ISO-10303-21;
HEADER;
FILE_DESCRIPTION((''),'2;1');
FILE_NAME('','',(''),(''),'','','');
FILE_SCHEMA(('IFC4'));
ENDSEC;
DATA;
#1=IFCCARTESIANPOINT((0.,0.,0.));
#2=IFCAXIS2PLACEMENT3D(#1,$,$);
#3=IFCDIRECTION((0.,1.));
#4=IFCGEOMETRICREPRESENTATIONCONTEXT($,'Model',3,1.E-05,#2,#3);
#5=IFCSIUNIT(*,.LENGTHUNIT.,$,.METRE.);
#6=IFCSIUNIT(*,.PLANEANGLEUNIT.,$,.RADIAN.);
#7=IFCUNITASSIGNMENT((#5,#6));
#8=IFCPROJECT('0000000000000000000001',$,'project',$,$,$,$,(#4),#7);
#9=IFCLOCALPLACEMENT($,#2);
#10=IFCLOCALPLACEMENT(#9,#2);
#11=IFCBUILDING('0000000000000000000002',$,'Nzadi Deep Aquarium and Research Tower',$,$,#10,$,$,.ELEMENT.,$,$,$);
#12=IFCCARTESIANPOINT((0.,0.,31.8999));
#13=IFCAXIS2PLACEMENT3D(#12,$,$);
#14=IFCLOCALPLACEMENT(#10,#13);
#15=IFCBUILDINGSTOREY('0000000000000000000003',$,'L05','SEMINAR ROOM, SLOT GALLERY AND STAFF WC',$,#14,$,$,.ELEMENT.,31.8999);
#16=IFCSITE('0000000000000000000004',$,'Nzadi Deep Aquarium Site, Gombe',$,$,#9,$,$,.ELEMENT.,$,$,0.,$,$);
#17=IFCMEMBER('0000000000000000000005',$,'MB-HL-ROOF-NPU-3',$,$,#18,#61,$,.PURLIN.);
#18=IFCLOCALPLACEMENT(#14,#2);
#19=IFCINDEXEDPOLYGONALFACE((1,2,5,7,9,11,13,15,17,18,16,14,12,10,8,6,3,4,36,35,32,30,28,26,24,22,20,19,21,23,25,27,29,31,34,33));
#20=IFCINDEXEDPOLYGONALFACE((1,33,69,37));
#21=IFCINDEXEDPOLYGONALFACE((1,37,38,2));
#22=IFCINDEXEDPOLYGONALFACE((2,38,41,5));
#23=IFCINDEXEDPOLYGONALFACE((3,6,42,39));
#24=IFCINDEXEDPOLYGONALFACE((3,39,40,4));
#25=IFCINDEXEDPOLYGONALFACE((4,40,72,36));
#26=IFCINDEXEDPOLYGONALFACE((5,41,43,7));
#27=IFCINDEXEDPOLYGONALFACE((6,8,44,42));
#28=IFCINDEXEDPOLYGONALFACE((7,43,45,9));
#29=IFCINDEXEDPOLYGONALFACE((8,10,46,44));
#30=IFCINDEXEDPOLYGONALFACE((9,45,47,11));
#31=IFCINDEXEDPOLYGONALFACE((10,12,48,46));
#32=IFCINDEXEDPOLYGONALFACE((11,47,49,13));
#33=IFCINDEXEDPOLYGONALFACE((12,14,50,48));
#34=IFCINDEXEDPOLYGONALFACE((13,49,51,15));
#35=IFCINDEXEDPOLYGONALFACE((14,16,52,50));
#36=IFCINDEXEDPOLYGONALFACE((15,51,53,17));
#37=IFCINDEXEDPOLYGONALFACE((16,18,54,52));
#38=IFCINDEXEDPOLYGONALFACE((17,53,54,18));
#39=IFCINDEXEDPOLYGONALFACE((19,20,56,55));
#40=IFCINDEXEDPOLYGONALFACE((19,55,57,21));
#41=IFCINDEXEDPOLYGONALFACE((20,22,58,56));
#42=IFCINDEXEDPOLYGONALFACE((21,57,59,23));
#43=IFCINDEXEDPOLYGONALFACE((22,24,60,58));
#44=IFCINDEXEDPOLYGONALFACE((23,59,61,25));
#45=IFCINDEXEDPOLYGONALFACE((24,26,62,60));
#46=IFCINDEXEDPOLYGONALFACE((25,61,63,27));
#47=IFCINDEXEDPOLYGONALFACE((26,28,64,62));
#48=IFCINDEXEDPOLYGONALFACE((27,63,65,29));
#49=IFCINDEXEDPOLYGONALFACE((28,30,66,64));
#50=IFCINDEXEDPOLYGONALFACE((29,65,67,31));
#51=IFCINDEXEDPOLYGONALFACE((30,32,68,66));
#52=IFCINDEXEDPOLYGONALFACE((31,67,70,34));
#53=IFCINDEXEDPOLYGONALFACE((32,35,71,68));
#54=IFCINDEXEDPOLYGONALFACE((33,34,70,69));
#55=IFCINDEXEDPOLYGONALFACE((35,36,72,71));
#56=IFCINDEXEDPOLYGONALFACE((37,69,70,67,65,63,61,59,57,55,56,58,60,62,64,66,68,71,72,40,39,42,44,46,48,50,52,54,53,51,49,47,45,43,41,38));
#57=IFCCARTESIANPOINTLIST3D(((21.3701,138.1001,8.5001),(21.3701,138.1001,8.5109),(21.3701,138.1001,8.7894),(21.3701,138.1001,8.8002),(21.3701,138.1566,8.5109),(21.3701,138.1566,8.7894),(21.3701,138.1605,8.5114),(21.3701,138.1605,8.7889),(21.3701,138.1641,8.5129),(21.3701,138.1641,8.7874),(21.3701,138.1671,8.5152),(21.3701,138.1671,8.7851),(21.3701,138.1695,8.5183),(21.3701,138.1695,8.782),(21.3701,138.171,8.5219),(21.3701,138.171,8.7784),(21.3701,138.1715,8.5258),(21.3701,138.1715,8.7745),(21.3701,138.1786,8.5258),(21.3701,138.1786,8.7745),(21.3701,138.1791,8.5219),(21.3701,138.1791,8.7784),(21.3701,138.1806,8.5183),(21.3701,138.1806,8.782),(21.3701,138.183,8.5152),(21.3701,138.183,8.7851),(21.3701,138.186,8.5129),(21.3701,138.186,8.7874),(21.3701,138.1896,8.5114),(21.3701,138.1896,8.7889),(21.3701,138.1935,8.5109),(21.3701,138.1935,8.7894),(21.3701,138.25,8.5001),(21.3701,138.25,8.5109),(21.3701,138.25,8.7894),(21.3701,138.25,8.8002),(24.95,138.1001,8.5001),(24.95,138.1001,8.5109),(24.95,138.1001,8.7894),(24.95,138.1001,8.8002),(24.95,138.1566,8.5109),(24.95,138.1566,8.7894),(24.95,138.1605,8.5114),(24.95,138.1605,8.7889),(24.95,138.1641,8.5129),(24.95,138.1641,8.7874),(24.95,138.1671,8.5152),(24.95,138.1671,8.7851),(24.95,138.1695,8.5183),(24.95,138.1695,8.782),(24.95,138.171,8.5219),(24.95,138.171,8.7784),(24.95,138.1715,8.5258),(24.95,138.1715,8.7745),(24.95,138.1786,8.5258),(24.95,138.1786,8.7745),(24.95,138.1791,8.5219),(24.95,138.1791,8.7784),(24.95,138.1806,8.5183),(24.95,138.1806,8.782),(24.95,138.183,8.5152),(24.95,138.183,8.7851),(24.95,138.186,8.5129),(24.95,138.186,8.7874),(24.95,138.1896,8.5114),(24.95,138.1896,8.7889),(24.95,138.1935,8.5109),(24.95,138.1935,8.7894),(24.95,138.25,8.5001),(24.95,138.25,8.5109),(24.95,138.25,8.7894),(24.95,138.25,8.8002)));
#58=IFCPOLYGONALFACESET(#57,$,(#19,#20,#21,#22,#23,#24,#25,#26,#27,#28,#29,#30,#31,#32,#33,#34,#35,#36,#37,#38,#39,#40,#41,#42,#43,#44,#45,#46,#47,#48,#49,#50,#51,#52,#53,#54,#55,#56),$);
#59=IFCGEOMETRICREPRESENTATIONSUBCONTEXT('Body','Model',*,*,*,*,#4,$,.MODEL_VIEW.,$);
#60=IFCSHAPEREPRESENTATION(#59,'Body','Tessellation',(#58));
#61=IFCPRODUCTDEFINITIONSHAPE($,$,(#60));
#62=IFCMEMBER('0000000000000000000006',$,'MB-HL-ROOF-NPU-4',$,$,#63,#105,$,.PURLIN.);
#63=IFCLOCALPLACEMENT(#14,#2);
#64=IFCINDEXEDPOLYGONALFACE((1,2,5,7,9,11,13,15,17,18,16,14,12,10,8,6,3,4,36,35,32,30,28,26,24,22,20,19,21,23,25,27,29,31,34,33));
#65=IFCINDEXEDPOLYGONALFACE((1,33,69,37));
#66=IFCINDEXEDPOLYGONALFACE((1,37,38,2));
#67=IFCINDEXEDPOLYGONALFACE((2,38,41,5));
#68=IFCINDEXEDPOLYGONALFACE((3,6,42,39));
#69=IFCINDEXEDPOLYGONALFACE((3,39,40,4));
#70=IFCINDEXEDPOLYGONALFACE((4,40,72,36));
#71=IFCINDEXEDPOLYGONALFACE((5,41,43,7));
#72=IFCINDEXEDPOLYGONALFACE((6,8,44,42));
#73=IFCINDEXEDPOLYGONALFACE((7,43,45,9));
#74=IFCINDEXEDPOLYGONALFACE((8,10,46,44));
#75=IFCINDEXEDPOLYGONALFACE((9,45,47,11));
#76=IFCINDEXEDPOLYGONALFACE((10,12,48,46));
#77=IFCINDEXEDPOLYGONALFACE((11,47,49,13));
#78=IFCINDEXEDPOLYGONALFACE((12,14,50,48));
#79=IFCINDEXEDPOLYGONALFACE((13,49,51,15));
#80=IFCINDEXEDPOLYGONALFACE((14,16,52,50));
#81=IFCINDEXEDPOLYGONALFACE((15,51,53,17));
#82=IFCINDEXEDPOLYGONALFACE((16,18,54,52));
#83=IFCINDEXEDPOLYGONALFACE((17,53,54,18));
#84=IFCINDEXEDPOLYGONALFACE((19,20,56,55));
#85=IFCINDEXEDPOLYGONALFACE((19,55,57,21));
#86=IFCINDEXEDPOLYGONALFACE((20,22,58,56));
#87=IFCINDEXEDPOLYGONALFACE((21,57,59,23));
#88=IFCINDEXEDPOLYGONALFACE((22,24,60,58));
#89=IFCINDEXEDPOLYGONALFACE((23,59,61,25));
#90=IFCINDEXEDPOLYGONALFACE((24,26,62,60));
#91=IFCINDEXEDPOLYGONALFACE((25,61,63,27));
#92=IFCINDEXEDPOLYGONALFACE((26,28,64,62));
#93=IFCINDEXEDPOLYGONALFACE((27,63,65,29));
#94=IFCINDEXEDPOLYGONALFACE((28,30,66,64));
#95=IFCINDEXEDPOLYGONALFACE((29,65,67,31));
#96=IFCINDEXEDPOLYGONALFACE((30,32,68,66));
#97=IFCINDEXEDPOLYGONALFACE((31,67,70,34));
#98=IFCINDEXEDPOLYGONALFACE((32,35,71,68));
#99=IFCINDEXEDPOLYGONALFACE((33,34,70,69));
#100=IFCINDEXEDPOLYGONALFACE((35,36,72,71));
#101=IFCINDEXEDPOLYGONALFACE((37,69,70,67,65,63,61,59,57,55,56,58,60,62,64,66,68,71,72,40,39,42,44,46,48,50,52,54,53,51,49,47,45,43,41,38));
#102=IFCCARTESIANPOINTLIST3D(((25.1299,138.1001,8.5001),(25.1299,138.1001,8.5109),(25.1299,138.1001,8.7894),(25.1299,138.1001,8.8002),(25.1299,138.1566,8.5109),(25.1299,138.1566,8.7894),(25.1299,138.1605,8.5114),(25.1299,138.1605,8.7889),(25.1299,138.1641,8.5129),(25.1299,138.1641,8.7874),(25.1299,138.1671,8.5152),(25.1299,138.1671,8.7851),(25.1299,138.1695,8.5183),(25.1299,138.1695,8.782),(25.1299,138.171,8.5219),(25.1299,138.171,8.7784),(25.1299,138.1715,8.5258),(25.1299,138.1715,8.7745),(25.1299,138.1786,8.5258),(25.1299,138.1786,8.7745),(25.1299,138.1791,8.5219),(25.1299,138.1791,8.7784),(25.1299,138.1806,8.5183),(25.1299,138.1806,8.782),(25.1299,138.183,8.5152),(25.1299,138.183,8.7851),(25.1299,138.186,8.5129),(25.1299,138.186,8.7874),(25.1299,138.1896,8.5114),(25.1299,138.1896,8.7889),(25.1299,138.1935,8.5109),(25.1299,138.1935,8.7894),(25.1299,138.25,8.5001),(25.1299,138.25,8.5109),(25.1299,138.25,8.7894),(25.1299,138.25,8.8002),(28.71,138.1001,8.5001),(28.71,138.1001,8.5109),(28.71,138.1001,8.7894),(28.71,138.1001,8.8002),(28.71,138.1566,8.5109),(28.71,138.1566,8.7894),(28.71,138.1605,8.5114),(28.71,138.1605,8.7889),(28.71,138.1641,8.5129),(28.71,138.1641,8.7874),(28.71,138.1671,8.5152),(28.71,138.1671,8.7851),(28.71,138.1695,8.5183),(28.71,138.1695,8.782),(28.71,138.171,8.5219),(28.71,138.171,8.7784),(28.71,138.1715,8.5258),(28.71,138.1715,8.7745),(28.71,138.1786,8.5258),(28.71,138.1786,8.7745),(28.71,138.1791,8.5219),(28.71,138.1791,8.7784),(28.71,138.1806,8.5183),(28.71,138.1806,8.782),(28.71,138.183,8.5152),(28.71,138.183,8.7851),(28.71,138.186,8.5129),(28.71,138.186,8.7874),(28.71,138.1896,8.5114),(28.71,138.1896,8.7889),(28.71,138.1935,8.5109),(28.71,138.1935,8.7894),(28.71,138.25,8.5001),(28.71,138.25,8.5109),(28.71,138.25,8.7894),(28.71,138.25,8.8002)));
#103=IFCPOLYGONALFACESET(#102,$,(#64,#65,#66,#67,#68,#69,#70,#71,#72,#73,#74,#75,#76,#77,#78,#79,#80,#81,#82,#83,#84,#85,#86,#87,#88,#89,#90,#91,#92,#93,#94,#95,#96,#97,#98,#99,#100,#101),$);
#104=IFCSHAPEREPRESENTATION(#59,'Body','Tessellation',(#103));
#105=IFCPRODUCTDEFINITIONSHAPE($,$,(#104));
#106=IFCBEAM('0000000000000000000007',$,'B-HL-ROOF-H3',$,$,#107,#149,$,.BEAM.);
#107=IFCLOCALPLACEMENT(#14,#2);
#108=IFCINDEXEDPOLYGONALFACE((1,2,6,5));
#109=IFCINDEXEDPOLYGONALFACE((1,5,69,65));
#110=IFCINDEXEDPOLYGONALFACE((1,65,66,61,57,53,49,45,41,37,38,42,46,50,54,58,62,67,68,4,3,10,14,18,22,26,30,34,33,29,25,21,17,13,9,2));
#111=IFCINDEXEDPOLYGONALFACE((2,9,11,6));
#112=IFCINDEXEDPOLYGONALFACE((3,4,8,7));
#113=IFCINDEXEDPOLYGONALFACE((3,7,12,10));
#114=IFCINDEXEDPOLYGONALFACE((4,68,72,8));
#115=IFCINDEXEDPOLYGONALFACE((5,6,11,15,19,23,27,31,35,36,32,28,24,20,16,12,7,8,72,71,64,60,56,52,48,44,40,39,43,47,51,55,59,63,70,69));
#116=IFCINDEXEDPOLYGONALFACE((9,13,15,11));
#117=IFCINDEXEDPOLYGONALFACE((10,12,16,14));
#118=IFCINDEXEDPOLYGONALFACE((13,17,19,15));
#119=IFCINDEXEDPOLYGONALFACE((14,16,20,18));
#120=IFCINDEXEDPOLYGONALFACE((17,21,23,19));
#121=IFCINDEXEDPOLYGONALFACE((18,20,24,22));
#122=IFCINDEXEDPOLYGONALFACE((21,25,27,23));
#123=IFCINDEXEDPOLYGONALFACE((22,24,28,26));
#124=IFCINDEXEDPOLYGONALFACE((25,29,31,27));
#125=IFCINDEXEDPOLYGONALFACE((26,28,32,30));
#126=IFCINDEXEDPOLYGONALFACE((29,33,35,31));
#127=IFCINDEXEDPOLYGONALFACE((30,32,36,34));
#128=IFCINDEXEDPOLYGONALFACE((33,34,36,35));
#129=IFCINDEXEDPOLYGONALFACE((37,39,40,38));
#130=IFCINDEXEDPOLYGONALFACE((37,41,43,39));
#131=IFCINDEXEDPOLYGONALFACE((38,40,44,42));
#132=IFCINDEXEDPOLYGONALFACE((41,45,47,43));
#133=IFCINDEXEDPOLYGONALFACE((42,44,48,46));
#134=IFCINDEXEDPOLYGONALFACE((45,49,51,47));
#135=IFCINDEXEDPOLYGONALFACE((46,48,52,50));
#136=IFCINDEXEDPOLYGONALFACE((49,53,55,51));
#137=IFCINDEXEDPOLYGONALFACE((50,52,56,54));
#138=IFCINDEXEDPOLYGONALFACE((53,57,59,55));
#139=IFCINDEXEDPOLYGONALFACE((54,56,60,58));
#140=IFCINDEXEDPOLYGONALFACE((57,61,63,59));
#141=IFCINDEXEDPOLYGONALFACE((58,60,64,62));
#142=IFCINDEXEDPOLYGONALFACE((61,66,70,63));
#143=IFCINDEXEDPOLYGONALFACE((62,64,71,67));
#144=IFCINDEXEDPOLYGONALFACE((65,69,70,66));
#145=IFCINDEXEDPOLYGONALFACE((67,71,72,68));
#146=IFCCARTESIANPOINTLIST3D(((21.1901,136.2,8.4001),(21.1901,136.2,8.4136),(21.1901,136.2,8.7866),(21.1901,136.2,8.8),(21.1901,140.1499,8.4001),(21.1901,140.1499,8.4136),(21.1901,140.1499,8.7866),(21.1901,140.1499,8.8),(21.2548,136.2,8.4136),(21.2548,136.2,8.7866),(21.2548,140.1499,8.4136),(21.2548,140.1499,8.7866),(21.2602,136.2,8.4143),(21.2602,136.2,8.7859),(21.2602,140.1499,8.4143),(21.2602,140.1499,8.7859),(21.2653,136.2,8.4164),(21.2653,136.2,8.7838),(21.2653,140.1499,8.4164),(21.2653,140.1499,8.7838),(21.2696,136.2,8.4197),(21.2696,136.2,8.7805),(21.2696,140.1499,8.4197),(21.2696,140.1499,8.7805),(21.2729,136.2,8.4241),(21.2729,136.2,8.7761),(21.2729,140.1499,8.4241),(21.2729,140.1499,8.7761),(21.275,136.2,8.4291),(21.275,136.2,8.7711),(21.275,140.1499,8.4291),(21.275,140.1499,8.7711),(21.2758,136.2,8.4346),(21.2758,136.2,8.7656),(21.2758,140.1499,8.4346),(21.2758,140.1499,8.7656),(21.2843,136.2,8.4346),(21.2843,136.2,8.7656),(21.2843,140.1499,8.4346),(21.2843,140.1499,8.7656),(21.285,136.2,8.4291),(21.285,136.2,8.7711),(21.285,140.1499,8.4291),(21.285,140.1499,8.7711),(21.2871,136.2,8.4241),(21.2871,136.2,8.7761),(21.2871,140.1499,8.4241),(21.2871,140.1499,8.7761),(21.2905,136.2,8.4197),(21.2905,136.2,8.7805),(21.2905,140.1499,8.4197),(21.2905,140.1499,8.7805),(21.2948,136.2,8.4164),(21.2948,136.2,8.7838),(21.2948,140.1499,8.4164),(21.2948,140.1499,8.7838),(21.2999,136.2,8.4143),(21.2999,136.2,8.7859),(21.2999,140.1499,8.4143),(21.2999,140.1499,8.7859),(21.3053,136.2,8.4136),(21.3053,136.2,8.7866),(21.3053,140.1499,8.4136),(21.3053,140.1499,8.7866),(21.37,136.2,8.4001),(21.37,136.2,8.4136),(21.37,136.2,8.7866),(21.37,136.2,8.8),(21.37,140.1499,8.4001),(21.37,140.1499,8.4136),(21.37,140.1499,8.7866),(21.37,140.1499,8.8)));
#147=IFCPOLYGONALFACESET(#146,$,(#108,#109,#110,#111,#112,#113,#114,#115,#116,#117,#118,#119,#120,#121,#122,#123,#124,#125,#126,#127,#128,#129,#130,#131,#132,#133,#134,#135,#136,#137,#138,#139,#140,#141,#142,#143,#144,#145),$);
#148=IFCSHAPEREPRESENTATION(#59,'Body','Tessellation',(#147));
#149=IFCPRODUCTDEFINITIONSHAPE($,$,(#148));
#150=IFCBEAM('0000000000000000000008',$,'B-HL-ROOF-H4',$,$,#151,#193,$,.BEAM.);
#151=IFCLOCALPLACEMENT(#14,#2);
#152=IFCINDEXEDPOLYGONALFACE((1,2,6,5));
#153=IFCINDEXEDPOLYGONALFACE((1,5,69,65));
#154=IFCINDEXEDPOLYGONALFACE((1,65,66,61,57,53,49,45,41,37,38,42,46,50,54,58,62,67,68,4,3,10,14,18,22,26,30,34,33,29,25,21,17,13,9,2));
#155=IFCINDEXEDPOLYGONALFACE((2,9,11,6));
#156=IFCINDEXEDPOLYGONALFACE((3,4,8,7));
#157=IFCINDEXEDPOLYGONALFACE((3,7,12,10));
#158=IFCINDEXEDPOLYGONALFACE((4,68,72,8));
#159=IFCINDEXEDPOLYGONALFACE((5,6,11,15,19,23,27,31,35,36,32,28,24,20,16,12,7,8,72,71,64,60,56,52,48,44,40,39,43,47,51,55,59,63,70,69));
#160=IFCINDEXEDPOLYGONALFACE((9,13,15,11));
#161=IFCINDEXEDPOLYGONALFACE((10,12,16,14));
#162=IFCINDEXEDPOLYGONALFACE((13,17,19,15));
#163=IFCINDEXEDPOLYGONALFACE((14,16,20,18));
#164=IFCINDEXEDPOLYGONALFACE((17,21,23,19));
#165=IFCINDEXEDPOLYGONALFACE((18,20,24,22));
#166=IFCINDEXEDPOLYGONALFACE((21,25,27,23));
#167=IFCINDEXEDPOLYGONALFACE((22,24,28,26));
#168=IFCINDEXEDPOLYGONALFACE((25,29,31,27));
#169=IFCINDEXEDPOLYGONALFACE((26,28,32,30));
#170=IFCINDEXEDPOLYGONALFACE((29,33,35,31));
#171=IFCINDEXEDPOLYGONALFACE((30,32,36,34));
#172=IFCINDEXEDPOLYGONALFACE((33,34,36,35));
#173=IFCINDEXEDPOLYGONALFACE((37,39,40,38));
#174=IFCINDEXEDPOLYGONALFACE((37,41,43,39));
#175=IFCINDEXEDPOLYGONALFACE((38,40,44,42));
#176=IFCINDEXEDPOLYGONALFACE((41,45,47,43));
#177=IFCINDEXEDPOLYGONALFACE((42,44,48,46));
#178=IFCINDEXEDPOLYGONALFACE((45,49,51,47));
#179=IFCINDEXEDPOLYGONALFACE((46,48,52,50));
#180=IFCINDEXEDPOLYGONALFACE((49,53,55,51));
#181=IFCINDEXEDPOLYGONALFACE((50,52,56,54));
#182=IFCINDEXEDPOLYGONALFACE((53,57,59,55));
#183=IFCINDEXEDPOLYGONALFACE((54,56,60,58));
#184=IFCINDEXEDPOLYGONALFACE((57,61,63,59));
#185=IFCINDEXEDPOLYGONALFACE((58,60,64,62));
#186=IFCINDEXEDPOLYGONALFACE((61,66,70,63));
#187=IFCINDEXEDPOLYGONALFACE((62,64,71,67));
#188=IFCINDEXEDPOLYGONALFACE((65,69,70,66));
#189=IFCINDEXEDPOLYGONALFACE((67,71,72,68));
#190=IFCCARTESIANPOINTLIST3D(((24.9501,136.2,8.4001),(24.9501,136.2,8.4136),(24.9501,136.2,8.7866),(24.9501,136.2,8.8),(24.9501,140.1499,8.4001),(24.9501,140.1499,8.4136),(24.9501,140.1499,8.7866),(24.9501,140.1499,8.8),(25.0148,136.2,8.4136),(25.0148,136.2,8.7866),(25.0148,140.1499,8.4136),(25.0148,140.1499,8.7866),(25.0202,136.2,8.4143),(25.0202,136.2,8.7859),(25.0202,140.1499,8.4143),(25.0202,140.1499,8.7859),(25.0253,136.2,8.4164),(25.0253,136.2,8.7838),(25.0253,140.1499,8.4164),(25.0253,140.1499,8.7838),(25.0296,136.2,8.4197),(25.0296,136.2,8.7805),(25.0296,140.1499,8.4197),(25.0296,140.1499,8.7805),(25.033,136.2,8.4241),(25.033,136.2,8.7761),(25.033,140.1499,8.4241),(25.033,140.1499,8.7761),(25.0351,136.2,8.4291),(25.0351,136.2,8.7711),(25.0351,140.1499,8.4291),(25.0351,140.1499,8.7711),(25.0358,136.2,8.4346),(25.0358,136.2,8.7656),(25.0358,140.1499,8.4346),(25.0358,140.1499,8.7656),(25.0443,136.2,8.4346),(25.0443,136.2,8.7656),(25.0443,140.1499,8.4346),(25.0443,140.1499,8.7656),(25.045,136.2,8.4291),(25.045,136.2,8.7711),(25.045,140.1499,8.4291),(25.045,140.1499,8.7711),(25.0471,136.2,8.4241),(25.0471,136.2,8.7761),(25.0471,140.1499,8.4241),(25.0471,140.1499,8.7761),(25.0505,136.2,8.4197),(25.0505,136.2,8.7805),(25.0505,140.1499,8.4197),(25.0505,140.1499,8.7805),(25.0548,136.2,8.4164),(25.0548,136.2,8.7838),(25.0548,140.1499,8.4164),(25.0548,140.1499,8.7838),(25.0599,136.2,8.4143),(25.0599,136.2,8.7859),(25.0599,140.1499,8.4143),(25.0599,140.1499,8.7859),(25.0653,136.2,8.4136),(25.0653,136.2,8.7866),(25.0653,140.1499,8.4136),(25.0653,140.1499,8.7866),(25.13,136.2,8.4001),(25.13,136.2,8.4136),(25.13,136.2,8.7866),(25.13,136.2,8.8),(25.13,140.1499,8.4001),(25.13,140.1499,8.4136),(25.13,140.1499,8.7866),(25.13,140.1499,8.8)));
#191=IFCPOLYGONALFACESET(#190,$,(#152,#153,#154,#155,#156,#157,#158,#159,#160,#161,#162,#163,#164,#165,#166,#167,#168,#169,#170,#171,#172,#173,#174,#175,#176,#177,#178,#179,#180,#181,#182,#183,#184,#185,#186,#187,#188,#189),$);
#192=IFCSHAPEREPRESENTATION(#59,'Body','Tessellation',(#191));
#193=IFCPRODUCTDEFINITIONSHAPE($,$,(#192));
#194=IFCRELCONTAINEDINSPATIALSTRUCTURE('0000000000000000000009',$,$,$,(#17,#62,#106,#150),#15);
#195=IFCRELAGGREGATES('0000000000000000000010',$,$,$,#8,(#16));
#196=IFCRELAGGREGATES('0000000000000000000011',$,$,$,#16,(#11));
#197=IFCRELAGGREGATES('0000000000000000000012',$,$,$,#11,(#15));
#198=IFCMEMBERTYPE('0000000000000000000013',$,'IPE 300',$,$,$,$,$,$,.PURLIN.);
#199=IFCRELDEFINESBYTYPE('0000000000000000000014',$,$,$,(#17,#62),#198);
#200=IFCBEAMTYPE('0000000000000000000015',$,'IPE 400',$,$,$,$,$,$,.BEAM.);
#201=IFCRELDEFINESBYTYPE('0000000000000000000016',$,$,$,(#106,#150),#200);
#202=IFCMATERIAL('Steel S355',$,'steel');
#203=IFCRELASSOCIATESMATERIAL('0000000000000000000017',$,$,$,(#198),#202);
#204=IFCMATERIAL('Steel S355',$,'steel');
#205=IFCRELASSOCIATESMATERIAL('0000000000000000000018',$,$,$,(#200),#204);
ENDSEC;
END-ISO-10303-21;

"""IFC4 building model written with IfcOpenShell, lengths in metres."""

from ifc_helpers import new_model, si_unit, direction, frame, origin, origin_2d, place, context, subcontext, project, spatial, i_section, extrude, material, material_profile, profile_set, type_object, element, save


model = new_model("IFC4")

# Units and contexts
model_context = context("Model", 3, precision=1e-05, world=origin(), true_north=direction((0.0, 1.0)))
body_context = subcontext(model_context, "Body", "Model", "MODEL_VIEW")
ifc_project = project(units=[si_unit("LENGTHUNIT", "METRE"), si_unit("PLANEANGLEUNIT", "RADIAN")], contexts=[model_context])

# Site, building, storey
site_placement = place(None, origin())
site = spatial("IfcSite", under=ifc_project, at=site_placement, Name="Nzadi Deep Aquarium Site, Gombe", CompositionType="ELEMENT", RefElevation=0.0)
building_placement = place(site_placement, origin())
building = spatial("IfcBuilding", under=site, at=building_placement, Name="Nzadi Deep Aquarium and Research Tower", CompositionType="ELEMENT")
storey_placement = place(building_placement, frame((0.0, 0.0, 31.8999)))
storey = spatial("IfcBuildingStorey", under=building, at=storey_placement, Name="L05", Description="SEMINAR ROOM, SLOT GALLERY AND STAFF WC", CompositionType="ELEMENT", Elevation=31.8999)

# Members
ifc_material_1 = material(Name="Steel S355", Category="steel")
ifc_material_profile_1 = material_profile(ifc_material_1, i_section(OverallWidth=0.1499, OverallDepth=0.3, WebThickness=0.0071, FlangeThickness=0.0107, FilletRadius=0.0149, at=origin_2d()))
ifc_profile_set_1 = profile_set([ifc_material_profile_1], Name="Steel S355")
member_type_1 = type_object("IfcMemberType", Name="IPE 300", PredefinedType="PURLIN", material=ifc_profile_set_1)
member_1_placement = place(storey_placement, frame((21.3701, 138.175, 8.6501), z_axis=(1.0, 0.0, 0.0), x_axis=(0.0, 1.0, 0.0)))
element("IfcMember", 1, at=member_1_placement, inside=storey, type_object=member_type_1, Name="MB-HL-ROOF-NPU-3", PredefinedType="PURLIN", context=body_context, shape_type="SweptSolid", body=[
    extrude(i_section(OverallWidth=0.1499, OverallDepth=0.3, WebThickness=0.0071, FlangeThickness=0.0107, FilletRadius=0.0149, at=origin_2d()), origin(), (0.0, 0.0, 1.0), 3.5798),
])
member_2_placement = place(storey_placement, frame((25.1299, 138.175, 8.6501), z_axis=(1.0, 0.0, 0.0), x_axis=(0.0, 1.0, 0.0)))
element("IfcMember", 2, at=member_2_placement, inside=storey, type_object=member_type_1, Name="MB-HL-ROOF-NPU-4", PredefinedType="PURLIN", context=body_context, shape_type="SweptSolid", body=[
    extrude(i_section(OverallWidth=0.1499, OverallDepth=0.3, WebThickness=0.0071, FlangeThickness=0.0107, FilletRadius=0.0149, at=origin_2d()), origin(), (0.0, 0.0, 1.0), 3.5801),
])

# Beams
ifc_material_2 = material(Name="Steel S355", Category="steel")
ifc_material_profile_2 = material_profile(ifc_material_2, i_section(OverallWidth=0.1799, OverallDepth=0.3999, WebThickness=0.0085, FlangeThickness=0.0134, FilletRadius=0.021, at=origin_2d()))
ifc_profile_set_2 = profile_set([ifc_material_profile_2], Name="Steel S355")
beam_type = type_object("IfcBeamType", Name="IPE 400", PredefinedType="BEAM", material=ifc_profile_set_2)
for number, where, z_axis, x_axis, name in (
    (3, (21.28, 136.2, 8.6001), (0.0, 1.0, 0.0), (-1.0, 0.0, 0.0), "B-HL-ROOF-H3"),
    (4, (25.04, 136.2, 8.6001), (0.0, 1.0, 0.0), (-1.0, 0.0, 0.0), "B-HL-ROOF-H4"),
):
    element("IfcBeam", number, at=place(storey_placement, frame(where, z_axis=z_axis, x_axis=x_axis)), inside=storey, type_object=beam_type, Name=name, PredefinedType="BEAM", context=body_context, shape_type="SweptSolid", body=[
        extrude(i_section(OverallWidth=0.1799, OverallDepth=0.3999, WebThickness=0.0085, FlangeThickness=0.0134, FilletRadius=0.021, at=origin_2d()), origin(), (0.0, 0.0, 1.0), 3.95),
    ])

save(model, "model.ifc")
